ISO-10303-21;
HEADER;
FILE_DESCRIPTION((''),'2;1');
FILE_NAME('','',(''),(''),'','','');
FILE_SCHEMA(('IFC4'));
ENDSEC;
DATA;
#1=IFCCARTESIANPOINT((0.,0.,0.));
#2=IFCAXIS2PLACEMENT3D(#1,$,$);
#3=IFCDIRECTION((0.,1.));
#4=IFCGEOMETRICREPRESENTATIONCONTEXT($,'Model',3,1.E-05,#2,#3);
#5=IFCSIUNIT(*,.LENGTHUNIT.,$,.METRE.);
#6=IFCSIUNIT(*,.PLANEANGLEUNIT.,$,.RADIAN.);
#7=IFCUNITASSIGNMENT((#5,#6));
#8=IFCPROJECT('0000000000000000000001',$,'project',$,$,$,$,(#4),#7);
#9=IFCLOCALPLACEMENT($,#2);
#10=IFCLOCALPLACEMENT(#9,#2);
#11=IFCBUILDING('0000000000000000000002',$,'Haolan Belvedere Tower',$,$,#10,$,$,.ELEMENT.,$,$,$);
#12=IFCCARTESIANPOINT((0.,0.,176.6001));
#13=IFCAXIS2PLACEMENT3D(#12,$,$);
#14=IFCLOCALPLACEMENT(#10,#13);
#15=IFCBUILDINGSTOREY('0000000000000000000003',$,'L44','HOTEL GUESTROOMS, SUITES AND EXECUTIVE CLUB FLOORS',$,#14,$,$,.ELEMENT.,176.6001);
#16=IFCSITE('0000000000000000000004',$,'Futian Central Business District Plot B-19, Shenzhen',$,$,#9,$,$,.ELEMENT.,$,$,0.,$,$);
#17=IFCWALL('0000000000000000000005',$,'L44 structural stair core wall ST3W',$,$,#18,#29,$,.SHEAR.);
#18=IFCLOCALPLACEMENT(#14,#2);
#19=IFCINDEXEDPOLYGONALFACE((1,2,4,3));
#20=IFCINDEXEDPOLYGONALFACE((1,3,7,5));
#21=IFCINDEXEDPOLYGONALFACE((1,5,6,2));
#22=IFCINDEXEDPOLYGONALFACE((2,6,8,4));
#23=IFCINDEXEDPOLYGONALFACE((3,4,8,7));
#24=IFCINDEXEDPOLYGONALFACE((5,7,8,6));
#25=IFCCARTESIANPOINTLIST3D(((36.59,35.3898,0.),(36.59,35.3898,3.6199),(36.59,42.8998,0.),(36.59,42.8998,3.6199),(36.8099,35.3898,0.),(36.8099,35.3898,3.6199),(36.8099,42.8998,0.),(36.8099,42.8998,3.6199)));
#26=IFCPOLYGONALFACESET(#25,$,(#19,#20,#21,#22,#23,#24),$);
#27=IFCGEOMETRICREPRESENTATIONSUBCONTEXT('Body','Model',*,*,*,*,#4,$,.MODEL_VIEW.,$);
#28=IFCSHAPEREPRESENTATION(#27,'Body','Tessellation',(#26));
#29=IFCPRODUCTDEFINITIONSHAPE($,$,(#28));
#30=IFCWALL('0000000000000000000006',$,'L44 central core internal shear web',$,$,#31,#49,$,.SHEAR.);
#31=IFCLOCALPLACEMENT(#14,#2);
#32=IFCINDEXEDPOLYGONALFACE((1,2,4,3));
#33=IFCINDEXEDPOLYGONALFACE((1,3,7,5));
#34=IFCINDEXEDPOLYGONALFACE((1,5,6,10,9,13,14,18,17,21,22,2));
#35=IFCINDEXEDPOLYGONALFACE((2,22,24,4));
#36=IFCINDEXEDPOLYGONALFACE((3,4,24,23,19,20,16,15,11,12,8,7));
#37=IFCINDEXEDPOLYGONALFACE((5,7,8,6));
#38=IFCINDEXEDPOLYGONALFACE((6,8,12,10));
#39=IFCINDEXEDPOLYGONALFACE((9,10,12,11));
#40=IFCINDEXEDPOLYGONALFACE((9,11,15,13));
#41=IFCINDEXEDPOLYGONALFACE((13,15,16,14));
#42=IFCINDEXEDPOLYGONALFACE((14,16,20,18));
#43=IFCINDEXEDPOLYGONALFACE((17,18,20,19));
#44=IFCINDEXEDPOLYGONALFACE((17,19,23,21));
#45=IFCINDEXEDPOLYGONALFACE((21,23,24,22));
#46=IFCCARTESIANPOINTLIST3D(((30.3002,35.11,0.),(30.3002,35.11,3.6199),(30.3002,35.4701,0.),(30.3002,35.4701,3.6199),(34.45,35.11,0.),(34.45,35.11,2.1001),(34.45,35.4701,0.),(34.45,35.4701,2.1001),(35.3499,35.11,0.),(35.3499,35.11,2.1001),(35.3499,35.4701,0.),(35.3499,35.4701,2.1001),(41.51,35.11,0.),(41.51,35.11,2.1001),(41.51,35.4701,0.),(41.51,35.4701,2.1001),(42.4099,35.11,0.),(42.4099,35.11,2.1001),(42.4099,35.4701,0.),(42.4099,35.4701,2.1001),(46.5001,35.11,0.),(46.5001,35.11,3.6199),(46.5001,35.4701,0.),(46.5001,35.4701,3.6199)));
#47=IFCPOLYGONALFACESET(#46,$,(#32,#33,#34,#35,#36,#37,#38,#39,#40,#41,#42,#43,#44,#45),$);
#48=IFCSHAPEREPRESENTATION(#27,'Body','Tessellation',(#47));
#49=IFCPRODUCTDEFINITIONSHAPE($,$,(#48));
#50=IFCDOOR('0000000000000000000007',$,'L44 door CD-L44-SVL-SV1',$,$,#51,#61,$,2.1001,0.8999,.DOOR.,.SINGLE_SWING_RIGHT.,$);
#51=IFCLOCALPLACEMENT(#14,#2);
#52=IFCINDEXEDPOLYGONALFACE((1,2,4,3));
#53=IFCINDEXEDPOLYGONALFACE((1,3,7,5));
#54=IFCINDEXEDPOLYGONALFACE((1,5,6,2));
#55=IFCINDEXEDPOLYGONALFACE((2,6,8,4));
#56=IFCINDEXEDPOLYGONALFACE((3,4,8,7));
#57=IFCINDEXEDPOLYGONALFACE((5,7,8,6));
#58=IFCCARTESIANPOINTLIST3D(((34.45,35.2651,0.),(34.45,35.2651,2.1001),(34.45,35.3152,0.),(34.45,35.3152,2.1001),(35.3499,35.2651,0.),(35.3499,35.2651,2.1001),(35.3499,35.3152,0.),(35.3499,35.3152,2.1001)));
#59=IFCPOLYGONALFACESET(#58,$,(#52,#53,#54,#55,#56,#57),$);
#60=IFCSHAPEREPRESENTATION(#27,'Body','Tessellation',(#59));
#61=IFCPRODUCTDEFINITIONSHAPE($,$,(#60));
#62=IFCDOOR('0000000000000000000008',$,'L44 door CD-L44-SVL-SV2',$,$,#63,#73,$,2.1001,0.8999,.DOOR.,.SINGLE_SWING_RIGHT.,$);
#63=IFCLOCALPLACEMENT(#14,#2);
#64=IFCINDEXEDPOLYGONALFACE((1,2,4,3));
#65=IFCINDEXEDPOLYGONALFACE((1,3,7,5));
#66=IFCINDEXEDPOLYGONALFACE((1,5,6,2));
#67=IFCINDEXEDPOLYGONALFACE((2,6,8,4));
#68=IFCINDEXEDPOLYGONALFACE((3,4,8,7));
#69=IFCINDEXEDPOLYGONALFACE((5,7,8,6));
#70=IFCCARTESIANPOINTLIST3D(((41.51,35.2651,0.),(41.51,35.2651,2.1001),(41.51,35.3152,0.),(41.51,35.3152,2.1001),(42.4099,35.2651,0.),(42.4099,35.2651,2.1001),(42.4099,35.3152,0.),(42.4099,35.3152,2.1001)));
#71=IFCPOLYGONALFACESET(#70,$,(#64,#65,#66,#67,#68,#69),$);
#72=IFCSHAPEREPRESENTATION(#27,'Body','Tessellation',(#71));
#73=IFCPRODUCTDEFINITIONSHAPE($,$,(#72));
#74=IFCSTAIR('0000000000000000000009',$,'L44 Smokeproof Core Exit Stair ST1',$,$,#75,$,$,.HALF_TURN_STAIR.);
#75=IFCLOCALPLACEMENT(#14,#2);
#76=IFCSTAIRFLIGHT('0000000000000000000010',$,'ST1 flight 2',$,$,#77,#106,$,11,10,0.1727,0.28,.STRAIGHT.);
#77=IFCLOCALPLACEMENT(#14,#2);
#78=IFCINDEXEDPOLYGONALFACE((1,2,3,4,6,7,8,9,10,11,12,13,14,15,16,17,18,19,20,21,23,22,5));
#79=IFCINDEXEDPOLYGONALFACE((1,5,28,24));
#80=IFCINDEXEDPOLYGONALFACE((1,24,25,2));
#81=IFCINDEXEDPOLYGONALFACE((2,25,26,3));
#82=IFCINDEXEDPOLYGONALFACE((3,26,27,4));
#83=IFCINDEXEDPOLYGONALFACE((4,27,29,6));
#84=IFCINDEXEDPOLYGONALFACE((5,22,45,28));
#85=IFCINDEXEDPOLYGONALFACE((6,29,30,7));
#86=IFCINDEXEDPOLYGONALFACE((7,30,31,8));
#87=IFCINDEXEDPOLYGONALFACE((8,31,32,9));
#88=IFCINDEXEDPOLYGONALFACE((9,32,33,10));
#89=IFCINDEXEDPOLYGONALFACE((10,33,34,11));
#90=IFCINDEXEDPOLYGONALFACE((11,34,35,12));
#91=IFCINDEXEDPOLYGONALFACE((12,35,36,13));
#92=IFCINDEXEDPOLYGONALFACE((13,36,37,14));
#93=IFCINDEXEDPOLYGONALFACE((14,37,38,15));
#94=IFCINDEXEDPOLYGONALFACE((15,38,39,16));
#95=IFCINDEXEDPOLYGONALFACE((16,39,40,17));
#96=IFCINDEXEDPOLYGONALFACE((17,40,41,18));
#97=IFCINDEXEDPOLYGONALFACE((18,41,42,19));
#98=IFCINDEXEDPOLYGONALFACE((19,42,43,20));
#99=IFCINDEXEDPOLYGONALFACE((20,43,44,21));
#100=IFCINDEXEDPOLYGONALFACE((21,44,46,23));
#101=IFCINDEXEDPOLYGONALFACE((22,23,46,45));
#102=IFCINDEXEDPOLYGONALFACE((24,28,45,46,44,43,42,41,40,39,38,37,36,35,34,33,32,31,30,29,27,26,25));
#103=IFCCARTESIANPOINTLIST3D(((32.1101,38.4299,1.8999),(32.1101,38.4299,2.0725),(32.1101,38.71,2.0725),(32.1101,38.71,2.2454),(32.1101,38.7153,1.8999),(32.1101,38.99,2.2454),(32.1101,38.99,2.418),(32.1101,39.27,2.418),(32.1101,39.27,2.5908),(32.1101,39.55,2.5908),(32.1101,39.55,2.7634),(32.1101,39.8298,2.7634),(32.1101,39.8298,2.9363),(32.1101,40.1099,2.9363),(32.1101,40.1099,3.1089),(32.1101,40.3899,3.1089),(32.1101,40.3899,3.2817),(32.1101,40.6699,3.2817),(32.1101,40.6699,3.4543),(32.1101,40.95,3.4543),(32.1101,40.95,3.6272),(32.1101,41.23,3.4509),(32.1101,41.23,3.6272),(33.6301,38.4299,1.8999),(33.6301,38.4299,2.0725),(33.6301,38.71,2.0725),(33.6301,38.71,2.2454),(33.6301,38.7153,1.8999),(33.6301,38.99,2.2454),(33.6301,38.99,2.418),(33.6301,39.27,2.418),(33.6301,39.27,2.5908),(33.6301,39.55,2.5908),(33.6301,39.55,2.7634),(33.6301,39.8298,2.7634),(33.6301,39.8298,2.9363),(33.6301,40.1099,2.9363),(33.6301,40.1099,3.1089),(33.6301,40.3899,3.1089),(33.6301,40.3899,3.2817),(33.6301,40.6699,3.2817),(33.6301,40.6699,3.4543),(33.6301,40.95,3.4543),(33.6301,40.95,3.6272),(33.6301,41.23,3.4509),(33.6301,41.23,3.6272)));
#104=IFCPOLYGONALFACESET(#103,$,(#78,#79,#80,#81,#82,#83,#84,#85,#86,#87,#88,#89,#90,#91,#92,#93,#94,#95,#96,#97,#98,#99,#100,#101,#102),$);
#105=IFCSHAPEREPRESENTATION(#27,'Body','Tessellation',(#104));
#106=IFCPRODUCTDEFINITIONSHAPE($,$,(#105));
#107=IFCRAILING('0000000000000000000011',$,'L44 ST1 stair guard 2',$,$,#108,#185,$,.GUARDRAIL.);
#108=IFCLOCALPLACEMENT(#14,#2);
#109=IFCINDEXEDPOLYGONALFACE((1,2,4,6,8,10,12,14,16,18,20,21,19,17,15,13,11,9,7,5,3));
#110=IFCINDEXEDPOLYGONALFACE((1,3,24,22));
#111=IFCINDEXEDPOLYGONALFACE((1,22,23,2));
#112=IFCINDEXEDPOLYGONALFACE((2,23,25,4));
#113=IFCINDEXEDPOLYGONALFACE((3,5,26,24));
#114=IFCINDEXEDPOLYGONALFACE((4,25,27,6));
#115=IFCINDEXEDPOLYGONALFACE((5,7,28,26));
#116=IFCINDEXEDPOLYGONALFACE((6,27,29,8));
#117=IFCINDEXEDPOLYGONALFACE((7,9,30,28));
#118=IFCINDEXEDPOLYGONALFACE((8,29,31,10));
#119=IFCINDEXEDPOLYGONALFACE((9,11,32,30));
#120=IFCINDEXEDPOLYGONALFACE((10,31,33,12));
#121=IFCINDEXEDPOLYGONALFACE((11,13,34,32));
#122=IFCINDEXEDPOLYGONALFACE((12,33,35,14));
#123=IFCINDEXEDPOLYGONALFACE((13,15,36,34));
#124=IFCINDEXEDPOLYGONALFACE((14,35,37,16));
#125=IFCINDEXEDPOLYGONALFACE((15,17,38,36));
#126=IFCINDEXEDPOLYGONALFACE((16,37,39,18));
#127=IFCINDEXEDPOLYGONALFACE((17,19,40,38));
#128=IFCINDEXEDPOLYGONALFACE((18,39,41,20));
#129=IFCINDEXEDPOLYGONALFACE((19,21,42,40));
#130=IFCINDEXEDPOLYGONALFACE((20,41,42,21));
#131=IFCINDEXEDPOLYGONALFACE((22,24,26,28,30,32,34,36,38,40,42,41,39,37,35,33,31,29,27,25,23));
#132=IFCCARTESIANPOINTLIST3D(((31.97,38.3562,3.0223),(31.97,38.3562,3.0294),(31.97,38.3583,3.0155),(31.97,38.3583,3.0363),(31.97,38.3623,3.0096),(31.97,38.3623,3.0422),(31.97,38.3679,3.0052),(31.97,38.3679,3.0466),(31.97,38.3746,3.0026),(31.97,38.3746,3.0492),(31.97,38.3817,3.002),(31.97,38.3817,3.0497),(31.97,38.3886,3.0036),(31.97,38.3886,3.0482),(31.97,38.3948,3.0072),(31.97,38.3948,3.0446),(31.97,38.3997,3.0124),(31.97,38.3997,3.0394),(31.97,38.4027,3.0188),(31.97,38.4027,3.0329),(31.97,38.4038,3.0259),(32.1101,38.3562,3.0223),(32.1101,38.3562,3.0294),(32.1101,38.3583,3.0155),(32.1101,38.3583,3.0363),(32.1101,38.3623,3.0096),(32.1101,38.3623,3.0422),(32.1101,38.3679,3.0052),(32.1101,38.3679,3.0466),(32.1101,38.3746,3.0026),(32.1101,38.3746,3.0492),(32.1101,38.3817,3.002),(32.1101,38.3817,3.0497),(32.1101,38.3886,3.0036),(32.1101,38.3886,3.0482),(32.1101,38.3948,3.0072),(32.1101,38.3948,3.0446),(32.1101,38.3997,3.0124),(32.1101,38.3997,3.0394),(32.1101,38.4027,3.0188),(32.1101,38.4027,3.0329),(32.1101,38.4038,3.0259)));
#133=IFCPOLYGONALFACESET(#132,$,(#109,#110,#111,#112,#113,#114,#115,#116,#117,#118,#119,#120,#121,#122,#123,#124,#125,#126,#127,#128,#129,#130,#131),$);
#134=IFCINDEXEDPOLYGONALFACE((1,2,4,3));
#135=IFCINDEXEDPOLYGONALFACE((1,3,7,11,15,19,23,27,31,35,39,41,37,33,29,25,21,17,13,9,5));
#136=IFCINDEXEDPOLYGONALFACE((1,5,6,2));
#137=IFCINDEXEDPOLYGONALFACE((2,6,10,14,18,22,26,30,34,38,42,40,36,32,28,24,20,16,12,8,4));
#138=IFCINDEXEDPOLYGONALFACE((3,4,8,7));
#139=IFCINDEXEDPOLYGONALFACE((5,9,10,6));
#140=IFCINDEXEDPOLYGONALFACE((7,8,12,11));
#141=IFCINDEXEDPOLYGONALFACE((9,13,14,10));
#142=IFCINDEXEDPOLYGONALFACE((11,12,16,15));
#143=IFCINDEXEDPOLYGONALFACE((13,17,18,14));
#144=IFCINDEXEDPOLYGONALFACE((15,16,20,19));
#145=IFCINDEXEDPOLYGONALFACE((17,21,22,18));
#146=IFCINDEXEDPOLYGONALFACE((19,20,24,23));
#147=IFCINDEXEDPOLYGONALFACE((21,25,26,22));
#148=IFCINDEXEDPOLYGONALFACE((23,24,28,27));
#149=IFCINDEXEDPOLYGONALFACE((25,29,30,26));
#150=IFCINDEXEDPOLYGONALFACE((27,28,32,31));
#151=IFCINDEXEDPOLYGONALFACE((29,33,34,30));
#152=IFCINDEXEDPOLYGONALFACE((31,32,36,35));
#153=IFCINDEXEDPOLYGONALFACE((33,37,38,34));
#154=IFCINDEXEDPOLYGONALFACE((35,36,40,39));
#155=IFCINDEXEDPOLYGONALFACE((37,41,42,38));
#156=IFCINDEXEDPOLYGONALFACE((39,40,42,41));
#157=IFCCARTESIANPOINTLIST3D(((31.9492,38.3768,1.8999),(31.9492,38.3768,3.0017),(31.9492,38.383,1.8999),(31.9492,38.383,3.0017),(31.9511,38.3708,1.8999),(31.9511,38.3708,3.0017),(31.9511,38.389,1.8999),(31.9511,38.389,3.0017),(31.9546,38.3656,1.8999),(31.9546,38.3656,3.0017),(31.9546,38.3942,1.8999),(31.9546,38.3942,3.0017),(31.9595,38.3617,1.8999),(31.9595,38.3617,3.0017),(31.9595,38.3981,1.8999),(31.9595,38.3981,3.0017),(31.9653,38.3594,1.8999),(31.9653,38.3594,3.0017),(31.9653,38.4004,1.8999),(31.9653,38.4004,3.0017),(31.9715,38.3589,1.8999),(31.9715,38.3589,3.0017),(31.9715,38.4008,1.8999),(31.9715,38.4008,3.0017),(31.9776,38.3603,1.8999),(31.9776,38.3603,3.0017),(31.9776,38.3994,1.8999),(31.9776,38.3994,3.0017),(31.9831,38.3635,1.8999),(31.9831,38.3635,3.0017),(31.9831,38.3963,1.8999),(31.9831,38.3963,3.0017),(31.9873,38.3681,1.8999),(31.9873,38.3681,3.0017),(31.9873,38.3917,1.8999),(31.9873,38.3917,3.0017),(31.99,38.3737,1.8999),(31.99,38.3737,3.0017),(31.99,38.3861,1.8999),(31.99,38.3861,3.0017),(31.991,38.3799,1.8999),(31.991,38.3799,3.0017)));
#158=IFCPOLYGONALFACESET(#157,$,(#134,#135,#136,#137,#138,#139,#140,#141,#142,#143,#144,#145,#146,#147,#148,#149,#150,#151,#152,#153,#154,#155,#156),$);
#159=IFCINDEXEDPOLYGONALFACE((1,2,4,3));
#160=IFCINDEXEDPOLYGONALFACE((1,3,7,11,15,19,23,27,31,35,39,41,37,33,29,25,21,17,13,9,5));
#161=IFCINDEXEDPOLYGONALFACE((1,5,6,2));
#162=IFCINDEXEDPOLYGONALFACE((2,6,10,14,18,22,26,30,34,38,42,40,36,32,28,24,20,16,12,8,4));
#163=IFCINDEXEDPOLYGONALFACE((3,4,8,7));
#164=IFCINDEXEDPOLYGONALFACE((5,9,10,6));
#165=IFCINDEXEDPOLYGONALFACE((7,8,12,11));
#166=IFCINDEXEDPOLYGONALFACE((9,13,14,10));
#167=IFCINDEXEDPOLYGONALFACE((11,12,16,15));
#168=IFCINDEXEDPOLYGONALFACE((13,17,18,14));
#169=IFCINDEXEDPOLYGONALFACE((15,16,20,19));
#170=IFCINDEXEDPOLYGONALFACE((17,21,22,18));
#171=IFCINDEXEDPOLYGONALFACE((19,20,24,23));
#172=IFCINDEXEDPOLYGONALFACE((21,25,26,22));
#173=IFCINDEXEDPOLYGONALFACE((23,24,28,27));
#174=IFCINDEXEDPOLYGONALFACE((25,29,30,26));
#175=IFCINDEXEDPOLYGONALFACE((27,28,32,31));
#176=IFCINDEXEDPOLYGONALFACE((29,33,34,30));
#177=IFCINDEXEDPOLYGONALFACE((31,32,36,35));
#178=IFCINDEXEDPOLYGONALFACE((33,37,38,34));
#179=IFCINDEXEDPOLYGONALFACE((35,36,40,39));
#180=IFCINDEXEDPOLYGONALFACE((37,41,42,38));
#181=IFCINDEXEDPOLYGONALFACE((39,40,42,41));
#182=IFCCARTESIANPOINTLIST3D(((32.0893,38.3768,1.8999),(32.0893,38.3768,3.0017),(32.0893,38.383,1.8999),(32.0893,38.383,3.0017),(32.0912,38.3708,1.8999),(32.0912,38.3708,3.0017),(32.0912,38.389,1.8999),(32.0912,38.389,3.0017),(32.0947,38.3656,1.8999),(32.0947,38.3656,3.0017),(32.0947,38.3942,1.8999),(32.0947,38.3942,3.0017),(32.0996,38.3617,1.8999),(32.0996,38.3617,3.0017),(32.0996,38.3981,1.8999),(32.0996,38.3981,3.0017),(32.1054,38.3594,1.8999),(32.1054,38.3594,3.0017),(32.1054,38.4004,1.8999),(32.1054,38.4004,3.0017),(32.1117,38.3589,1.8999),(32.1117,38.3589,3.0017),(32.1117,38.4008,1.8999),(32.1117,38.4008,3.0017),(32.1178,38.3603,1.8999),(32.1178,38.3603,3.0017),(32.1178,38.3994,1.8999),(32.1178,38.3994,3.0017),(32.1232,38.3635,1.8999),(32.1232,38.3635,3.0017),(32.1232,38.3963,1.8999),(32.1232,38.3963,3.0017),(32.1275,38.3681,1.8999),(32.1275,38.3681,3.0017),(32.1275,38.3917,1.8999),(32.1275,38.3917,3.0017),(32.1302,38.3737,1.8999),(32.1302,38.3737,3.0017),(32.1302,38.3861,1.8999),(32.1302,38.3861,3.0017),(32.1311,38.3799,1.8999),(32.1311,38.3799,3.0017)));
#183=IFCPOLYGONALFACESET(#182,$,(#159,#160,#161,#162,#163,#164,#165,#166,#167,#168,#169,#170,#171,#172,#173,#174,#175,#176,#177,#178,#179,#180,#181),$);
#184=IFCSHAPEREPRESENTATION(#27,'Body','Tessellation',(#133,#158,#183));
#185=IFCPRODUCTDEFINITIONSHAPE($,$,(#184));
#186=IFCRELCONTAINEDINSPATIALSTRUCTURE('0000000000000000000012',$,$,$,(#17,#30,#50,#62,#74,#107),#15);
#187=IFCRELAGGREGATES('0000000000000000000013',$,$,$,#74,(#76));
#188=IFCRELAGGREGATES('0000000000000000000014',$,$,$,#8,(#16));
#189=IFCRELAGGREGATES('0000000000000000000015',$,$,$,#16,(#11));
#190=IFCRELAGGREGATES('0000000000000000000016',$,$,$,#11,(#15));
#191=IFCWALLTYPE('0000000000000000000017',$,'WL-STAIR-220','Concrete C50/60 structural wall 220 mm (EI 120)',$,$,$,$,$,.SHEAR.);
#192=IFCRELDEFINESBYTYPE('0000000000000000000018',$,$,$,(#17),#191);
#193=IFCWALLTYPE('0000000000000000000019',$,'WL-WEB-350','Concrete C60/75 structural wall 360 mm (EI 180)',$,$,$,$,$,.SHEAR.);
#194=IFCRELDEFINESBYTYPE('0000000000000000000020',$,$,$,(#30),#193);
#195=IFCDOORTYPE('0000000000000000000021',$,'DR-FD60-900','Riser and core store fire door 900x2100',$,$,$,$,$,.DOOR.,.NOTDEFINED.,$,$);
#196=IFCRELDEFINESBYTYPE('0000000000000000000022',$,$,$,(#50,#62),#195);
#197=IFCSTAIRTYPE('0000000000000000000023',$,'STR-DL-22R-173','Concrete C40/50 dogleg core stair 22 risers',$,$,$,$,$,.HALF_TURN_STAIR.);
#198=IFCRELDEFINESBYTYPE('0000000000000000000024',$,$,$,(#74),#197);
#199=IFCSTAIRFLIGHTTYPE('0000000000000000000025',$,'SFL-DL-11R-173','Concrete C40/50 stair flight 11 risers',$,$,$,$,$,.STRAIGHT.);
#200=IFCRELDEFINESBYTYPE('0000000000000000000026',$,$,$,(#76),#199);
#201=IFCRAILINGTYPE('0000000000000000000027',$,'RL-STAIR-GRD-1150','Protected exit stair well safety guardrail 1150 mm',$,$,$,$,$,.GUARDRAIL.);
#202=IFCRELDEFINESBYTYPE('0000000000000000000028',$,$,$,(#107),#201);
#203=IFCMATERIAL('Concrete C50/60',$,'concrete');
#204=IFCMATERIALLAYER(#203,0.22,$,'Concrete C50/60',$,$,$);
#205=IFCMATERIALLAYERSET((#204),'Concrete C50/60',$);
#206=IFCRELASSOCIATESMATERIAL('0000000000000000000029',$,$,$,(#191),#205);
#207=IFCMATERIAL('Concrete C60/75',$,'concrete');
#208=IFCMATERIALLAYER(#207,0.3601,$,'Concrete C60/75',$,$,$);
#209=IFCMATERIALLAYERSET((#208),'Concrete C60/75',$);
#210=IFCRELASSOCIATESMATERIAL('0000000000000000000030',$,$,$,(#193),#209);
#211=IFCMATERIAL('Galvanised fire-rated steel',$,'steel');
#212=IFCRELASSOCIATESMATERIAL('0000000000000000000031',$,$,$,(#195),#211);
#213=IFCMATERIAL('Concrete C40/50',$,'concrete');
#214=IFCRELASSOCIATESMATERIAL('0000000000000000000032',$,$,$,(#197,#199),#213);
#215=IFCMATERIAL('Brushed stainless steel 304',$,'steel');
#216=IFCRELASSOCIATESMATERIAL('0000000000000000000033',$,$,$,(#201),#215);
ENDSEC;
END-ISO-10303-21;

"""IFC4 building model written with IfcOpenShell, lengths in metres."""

from ifc_helpers import new_model, si_unit, direction, frame, frame_2d, origin, origin_2d, place, context, subcontext, project, spatial, polyline, rectangle, circle, outline, extrude, material, layer, layer_set, type_object, element, fill, aggregate, save


model = new_model("IFC4")

# Units and contexts
model_context = context("Model", 3, precision=1e-05, world=origin(), true_north=direction((0.0, 1.0)))
body_context = subcontext(model_context, "Body", "Model", "MODEL_VIEW")
ifc_project = project(units=[si_unit("LENGTHUNIT", "METRE"), si_unit("PLANEANGLEUNIT", "RADIAN")], contexts=[model_context])

# Site, building, storey
site_placement = place(None, origin())
site = spatial("IfcSite", under=ifc_project, at=site_placement, Name="Futian Central Business District Plot B-19, Shenzhen", CompositionType="ELEMENT", RefElevation=0.0)
building_placement = place(site_placement, origin())
building = spatial("IfcBuilding", under=site, at=building_placement, Name="Haolan Belvedere Tower", CompositionType="ELEMENT")
storey_placement = place(building_placement, frame((0.0, 0.0, 176.6001)))
storey = spatial("IfcBuildingStorey", under=building, at=storey_placement, Name="L44", Description="HOTEL GUESTROOMS, SUITES AND EXECUTIVE CLUB FLOORS", CompositionType="ELEMENT", Elevation=176.6001)

# Wall
ifc_material_1 = material(Name="Concrete C50/60", Category="concrete")
ifc_layer_1 = layer(ifc_material_1, 0.22, Name="Concrete C50/60")
ifc_layer_set_1 = layer_set([ifc_layer_1], Name="Concrete C50/60")
wall_type_1 = type_object("IfcWallType", Name="WL-STAIR-220", Description="Concrete C50/60 structural wall 220 mm (EI 120)", PredefinedType="SHEAR", material=ifc_layer_set_1)
for number, where, z_axis, x_axis, name in (
    (1, (36.7, 35.3899, 0.0), (0.0, 0.0, 1.0), (0.0, 1.0, 0.0), "L44 structural stair core wall ST3W"),
):
    element("IfcWall", number, at=place(storey_placement, frame(where, z_axis=z_axis, x_axis=x_axis)), inside=storey, type_object=wall_type_1, Name=name, PredefinedType="SHEAR", context=body_context, shape_type="SweptSolid", body=[
        extrude(rectangle(XDim=7.51, YDim=0.22, at=frame_2d((3.7549, 0.0))), origin(), (0.0, 0.0, 1.0), 3.6199),
    ])

# Wall, openings, doors
ifc_material_2 = material(Name="Concrete C60/75", Category="concrete")
ifc_layer_2 = layer(ifc_material_2, 0.3601, Name="Concrete C60/75")
ifc_layer_set_2 = layer_set([ifc_layer_2], Name="Concrete C60/75")
wall_type_2 = type_object("IfcWallType", Name="WL-WEB-350", Description="Concrete C60/75 structural wall 360 mm (EI 180)", PredefinedType="SHEAR", material=ifc_layer_set_2)
wall_1_placement = place(storey_placement, frame((30.3, 35.29, 0.0), z_axis=(0.0, 0.0, 1.0), x_axis=(1.0, 0.0, 0.0)))
wall_1 = element("IfcWall", 2, at=wall_1_placement, inside=storey, type_object=wall_type_2, Name="L44 central core internal shear web", PredefinedType="SHEAR", context=body_context, shape_type="SweptSolid", body=[
    extrude(rectangle(XDim=16.2, YDim=0.3601, at=frame_2d((8.1001, 0.0))), origin(), (0.0, 0.0, 1.0), 3.6199),
])
opening_1_placement = place(wall_1_placement, frame((5.0498, 0.0, 0.0), z_axis=(0.0, 0.0, 1.0), x_axis=(-1.0, 0.0, 0.0)))
opening_1 = element("IfcOpeningElement", 3, at=opening_1_placement, cuts=wall_1, PredefinedType="OPENING", context=body_context, shape_type="SweptSolid", body=[
    extrude(rectangle(XDim=0.8999, YDim=2.1001, at=frame_2d((0.45, 1.05))), frame((0.0, 0.1899, 0.0), z_axis=(0.0, -1.0, 0.0), x_axis=(1.0, 0.0, 0.0)), (0.0, 0.0, 1.0), 0.3801),
])
opening_2_placement = place(wall_1_placement, frame((12.1099, 0.0, 0.0), z_axis=(0.0, 0.0, 1.0), x_axis=(-1.0, 0.0, 0.0)))
opening_2 = element("IfcOpeningElement", 4, at=opening_2_placement, cuts=wall_1, PredefinedType="OPENING", context=body_context, shape_type="SweptSolid", body=[
    extrude(rectangle(XDim=0.8999, YDim=2.1001, at=frame_2d((0.45, 1.05))), frame((0.0, 0.1899, 0.0), z_axis=(0.0, -1.0, 0.0), x_axis=(1.0, 0.0, 0.0)), (0.0, 0.0, 1.0), 0.3801),
])
ifc_material_3 = material(Name="Galvanised fire-rated steel", Category="steel")
door_type_1 = type_object("IfcDoorType", Name="DR-FD60-900", Description="Riser and core store fire door 900x2100", OperationType="NOTDEFINED", PredefinedType="DOOR", material=ifc_material_3)
door_1_placement = place(opening_1_placement, origin())
door_1 = element("IfcDoor", 5, at=door_1_placement, inside=storey, type_object=door_type_1, Name="L44 door CD-L44-SVL-SV1", OperationType="SINGLE_SWING_RIGHT", OverallHeight=2.1001, OverallWidth=0.8999, PredefinedType="DOOR", context=body_context, shape_type="SweptSolid", body=[
    extrude(rectangle(XDim=0.8999, YDim=2.1001, at=frame_2d((0.45, 1.05))), frame((0.0, 0.0249, 0.0), z_axis=(0.0, -1.0, 0.0), x_axis=(1.0, 0.0, 0.0)), (0.0, 0.0, 1.0), 0.05),
])
fill(opening_1, door_1)
door_2_placement = place(opening_2_placement, origin())
door_2 = element("IfcDoor", 6, at=door_2_placement, inside=storey, type_object=door_type_1, Name="L44 door CD-L44-SVL-SV2", OperationType="SINGLE_SWING_RIGHT", OverallHeight=2.1001, OverallWidth=0.8999, PredefinedType="DOOR", context=body_context, shape_type="SweptSolid", body=[
    extrude(rectangle(XDim=0.8999, YDim=2.1001, at=frame_2d((0.45, 1.05))), frame((0.0, 0.0249, 0.0), z_axis=(0.0, -1.0, 0.0), x_axis=(1.0, 0.0, 0.0)), (0.0, 0.0, 1.0), 0.05),
])
fill(opening_2, door_2)

# Stair, stair flight
ifc_material_4 = material(Name="Concrete C40/50", Category="concrete")
stair_type = type_object("IfcStairType", Name="STR-DL-22R-173", Description="Concrete C40/50 dogleg core stair 22 risers", PredefinedType="HALF_TURN_STAIR", material=ifc_material_4)
stair_placement = place(storey_placement, origin())
stair = element("IfcStair", 7, at=stair_placement, inside=storey, type_object=stair_type, Name="L44 Smokeproof Core Exit Stair ST1", PredefinedType="HALF_TURN_STAIR")
stair_flight_type = type_object("IfcStairFlightType", Name="SFL-DL-11R-173", Description="Concrete C40/50 stair flight 11 risers", PredefinedType="STRAIGHT", material=ifc_material_4)
stair_flight_placement = place(storey_placement, frame((32.8701, 38.4299, 1.8999), z_axis=(0.0, 0.0, 1.0), x_axis=(0.0, 1.0, 0.0)))
stair_flight = element("IfcStairFlight", 8, at=stair_flight_placement, type_object=stair_flight_type, Name="ST1 flight 2", NumberOfRisers=11, NumberOfTreads=10, PredefinedType="STRAIGHT", RiserHeight=0.1727, TreadLength=0.28, context=body_context, shape_type="SweptSolid", body=[
    extrude(outline(polyline([(0.0, 0.0), (0.0, 0.1726), (0.28, 0.1726), (0.28, 0.3455), (0.5601, 0.3455), (0.5601, 0.5181), (0.8401, 0.5181), (0.8401, 0.6909), (1.1201, 0.6909), (1.1201, 0.8635), (1.3999, 0.8635), (1.3999, 1.0364), (1.6799, 1.0364), (1.6799, 1.209), (1.96, 1.209), (1.96, 1.3818), (2.24, 1.3818), (2.24, 1.5544), (2.52, 1.5544), (2.52, 1.7273), (2.8, 1.7273), (2.8, 1.8999), (2.8, 1.551), (0.2854, 0.0), (0.0, 0.0)])), frame((0.0, 0.76, 0.0), z_axis=(0.0, -1.0, 0.0), x_axis=(1.0, 0.0, 0.0)), (0.0, 0.0, 1.0), 1.52),
])
aggregate(stair, [stair_flight])

# Railing
ifc_material_5 = material(Name="Brushed stainless steel 304", Category="steel")
railing_type_1 = type_object("IfcRailingType", Name="RL-STAIR-GRD-1150", Description="Protected exit stair well safety guardrail 1150 mm", PredefinedType="GUARDRAIL", material=ifc_material_5)
railing_1_placement = place(storey_placement, frame((31.97, 38.3799, 1.8999)))
element("IfcRailing", 9, at=railing_1_placement, inside=storey, type_object=railing_type_1, Name="L44 ST1 stair guard 2", PredefinedType="GUARDRAIL", context=body_context, shape_type="SweptSolid", body=[
    extrude(circle(Radius=0.0239, at=origin_2d()), frame((0.0, 0.0, 1.126), z_axis=(1.0, 0.0, 0.0), x_axis=(0.0, 1.0, 0.0)), (0.0, 0.0, 1.0), 0.1401),
    extrude(circle(Radius=0.021, at=origin_2d()), origin(), (0.0, 0.0, 1.0), 1.1018),
    extrude(circle(Radius=0.021, at=origin_2d()), frame((0.1401, 0.0, 0.0)), (0.0, 0.0, 1.0), 1.1018),
])

save(model, "model.ifc")
